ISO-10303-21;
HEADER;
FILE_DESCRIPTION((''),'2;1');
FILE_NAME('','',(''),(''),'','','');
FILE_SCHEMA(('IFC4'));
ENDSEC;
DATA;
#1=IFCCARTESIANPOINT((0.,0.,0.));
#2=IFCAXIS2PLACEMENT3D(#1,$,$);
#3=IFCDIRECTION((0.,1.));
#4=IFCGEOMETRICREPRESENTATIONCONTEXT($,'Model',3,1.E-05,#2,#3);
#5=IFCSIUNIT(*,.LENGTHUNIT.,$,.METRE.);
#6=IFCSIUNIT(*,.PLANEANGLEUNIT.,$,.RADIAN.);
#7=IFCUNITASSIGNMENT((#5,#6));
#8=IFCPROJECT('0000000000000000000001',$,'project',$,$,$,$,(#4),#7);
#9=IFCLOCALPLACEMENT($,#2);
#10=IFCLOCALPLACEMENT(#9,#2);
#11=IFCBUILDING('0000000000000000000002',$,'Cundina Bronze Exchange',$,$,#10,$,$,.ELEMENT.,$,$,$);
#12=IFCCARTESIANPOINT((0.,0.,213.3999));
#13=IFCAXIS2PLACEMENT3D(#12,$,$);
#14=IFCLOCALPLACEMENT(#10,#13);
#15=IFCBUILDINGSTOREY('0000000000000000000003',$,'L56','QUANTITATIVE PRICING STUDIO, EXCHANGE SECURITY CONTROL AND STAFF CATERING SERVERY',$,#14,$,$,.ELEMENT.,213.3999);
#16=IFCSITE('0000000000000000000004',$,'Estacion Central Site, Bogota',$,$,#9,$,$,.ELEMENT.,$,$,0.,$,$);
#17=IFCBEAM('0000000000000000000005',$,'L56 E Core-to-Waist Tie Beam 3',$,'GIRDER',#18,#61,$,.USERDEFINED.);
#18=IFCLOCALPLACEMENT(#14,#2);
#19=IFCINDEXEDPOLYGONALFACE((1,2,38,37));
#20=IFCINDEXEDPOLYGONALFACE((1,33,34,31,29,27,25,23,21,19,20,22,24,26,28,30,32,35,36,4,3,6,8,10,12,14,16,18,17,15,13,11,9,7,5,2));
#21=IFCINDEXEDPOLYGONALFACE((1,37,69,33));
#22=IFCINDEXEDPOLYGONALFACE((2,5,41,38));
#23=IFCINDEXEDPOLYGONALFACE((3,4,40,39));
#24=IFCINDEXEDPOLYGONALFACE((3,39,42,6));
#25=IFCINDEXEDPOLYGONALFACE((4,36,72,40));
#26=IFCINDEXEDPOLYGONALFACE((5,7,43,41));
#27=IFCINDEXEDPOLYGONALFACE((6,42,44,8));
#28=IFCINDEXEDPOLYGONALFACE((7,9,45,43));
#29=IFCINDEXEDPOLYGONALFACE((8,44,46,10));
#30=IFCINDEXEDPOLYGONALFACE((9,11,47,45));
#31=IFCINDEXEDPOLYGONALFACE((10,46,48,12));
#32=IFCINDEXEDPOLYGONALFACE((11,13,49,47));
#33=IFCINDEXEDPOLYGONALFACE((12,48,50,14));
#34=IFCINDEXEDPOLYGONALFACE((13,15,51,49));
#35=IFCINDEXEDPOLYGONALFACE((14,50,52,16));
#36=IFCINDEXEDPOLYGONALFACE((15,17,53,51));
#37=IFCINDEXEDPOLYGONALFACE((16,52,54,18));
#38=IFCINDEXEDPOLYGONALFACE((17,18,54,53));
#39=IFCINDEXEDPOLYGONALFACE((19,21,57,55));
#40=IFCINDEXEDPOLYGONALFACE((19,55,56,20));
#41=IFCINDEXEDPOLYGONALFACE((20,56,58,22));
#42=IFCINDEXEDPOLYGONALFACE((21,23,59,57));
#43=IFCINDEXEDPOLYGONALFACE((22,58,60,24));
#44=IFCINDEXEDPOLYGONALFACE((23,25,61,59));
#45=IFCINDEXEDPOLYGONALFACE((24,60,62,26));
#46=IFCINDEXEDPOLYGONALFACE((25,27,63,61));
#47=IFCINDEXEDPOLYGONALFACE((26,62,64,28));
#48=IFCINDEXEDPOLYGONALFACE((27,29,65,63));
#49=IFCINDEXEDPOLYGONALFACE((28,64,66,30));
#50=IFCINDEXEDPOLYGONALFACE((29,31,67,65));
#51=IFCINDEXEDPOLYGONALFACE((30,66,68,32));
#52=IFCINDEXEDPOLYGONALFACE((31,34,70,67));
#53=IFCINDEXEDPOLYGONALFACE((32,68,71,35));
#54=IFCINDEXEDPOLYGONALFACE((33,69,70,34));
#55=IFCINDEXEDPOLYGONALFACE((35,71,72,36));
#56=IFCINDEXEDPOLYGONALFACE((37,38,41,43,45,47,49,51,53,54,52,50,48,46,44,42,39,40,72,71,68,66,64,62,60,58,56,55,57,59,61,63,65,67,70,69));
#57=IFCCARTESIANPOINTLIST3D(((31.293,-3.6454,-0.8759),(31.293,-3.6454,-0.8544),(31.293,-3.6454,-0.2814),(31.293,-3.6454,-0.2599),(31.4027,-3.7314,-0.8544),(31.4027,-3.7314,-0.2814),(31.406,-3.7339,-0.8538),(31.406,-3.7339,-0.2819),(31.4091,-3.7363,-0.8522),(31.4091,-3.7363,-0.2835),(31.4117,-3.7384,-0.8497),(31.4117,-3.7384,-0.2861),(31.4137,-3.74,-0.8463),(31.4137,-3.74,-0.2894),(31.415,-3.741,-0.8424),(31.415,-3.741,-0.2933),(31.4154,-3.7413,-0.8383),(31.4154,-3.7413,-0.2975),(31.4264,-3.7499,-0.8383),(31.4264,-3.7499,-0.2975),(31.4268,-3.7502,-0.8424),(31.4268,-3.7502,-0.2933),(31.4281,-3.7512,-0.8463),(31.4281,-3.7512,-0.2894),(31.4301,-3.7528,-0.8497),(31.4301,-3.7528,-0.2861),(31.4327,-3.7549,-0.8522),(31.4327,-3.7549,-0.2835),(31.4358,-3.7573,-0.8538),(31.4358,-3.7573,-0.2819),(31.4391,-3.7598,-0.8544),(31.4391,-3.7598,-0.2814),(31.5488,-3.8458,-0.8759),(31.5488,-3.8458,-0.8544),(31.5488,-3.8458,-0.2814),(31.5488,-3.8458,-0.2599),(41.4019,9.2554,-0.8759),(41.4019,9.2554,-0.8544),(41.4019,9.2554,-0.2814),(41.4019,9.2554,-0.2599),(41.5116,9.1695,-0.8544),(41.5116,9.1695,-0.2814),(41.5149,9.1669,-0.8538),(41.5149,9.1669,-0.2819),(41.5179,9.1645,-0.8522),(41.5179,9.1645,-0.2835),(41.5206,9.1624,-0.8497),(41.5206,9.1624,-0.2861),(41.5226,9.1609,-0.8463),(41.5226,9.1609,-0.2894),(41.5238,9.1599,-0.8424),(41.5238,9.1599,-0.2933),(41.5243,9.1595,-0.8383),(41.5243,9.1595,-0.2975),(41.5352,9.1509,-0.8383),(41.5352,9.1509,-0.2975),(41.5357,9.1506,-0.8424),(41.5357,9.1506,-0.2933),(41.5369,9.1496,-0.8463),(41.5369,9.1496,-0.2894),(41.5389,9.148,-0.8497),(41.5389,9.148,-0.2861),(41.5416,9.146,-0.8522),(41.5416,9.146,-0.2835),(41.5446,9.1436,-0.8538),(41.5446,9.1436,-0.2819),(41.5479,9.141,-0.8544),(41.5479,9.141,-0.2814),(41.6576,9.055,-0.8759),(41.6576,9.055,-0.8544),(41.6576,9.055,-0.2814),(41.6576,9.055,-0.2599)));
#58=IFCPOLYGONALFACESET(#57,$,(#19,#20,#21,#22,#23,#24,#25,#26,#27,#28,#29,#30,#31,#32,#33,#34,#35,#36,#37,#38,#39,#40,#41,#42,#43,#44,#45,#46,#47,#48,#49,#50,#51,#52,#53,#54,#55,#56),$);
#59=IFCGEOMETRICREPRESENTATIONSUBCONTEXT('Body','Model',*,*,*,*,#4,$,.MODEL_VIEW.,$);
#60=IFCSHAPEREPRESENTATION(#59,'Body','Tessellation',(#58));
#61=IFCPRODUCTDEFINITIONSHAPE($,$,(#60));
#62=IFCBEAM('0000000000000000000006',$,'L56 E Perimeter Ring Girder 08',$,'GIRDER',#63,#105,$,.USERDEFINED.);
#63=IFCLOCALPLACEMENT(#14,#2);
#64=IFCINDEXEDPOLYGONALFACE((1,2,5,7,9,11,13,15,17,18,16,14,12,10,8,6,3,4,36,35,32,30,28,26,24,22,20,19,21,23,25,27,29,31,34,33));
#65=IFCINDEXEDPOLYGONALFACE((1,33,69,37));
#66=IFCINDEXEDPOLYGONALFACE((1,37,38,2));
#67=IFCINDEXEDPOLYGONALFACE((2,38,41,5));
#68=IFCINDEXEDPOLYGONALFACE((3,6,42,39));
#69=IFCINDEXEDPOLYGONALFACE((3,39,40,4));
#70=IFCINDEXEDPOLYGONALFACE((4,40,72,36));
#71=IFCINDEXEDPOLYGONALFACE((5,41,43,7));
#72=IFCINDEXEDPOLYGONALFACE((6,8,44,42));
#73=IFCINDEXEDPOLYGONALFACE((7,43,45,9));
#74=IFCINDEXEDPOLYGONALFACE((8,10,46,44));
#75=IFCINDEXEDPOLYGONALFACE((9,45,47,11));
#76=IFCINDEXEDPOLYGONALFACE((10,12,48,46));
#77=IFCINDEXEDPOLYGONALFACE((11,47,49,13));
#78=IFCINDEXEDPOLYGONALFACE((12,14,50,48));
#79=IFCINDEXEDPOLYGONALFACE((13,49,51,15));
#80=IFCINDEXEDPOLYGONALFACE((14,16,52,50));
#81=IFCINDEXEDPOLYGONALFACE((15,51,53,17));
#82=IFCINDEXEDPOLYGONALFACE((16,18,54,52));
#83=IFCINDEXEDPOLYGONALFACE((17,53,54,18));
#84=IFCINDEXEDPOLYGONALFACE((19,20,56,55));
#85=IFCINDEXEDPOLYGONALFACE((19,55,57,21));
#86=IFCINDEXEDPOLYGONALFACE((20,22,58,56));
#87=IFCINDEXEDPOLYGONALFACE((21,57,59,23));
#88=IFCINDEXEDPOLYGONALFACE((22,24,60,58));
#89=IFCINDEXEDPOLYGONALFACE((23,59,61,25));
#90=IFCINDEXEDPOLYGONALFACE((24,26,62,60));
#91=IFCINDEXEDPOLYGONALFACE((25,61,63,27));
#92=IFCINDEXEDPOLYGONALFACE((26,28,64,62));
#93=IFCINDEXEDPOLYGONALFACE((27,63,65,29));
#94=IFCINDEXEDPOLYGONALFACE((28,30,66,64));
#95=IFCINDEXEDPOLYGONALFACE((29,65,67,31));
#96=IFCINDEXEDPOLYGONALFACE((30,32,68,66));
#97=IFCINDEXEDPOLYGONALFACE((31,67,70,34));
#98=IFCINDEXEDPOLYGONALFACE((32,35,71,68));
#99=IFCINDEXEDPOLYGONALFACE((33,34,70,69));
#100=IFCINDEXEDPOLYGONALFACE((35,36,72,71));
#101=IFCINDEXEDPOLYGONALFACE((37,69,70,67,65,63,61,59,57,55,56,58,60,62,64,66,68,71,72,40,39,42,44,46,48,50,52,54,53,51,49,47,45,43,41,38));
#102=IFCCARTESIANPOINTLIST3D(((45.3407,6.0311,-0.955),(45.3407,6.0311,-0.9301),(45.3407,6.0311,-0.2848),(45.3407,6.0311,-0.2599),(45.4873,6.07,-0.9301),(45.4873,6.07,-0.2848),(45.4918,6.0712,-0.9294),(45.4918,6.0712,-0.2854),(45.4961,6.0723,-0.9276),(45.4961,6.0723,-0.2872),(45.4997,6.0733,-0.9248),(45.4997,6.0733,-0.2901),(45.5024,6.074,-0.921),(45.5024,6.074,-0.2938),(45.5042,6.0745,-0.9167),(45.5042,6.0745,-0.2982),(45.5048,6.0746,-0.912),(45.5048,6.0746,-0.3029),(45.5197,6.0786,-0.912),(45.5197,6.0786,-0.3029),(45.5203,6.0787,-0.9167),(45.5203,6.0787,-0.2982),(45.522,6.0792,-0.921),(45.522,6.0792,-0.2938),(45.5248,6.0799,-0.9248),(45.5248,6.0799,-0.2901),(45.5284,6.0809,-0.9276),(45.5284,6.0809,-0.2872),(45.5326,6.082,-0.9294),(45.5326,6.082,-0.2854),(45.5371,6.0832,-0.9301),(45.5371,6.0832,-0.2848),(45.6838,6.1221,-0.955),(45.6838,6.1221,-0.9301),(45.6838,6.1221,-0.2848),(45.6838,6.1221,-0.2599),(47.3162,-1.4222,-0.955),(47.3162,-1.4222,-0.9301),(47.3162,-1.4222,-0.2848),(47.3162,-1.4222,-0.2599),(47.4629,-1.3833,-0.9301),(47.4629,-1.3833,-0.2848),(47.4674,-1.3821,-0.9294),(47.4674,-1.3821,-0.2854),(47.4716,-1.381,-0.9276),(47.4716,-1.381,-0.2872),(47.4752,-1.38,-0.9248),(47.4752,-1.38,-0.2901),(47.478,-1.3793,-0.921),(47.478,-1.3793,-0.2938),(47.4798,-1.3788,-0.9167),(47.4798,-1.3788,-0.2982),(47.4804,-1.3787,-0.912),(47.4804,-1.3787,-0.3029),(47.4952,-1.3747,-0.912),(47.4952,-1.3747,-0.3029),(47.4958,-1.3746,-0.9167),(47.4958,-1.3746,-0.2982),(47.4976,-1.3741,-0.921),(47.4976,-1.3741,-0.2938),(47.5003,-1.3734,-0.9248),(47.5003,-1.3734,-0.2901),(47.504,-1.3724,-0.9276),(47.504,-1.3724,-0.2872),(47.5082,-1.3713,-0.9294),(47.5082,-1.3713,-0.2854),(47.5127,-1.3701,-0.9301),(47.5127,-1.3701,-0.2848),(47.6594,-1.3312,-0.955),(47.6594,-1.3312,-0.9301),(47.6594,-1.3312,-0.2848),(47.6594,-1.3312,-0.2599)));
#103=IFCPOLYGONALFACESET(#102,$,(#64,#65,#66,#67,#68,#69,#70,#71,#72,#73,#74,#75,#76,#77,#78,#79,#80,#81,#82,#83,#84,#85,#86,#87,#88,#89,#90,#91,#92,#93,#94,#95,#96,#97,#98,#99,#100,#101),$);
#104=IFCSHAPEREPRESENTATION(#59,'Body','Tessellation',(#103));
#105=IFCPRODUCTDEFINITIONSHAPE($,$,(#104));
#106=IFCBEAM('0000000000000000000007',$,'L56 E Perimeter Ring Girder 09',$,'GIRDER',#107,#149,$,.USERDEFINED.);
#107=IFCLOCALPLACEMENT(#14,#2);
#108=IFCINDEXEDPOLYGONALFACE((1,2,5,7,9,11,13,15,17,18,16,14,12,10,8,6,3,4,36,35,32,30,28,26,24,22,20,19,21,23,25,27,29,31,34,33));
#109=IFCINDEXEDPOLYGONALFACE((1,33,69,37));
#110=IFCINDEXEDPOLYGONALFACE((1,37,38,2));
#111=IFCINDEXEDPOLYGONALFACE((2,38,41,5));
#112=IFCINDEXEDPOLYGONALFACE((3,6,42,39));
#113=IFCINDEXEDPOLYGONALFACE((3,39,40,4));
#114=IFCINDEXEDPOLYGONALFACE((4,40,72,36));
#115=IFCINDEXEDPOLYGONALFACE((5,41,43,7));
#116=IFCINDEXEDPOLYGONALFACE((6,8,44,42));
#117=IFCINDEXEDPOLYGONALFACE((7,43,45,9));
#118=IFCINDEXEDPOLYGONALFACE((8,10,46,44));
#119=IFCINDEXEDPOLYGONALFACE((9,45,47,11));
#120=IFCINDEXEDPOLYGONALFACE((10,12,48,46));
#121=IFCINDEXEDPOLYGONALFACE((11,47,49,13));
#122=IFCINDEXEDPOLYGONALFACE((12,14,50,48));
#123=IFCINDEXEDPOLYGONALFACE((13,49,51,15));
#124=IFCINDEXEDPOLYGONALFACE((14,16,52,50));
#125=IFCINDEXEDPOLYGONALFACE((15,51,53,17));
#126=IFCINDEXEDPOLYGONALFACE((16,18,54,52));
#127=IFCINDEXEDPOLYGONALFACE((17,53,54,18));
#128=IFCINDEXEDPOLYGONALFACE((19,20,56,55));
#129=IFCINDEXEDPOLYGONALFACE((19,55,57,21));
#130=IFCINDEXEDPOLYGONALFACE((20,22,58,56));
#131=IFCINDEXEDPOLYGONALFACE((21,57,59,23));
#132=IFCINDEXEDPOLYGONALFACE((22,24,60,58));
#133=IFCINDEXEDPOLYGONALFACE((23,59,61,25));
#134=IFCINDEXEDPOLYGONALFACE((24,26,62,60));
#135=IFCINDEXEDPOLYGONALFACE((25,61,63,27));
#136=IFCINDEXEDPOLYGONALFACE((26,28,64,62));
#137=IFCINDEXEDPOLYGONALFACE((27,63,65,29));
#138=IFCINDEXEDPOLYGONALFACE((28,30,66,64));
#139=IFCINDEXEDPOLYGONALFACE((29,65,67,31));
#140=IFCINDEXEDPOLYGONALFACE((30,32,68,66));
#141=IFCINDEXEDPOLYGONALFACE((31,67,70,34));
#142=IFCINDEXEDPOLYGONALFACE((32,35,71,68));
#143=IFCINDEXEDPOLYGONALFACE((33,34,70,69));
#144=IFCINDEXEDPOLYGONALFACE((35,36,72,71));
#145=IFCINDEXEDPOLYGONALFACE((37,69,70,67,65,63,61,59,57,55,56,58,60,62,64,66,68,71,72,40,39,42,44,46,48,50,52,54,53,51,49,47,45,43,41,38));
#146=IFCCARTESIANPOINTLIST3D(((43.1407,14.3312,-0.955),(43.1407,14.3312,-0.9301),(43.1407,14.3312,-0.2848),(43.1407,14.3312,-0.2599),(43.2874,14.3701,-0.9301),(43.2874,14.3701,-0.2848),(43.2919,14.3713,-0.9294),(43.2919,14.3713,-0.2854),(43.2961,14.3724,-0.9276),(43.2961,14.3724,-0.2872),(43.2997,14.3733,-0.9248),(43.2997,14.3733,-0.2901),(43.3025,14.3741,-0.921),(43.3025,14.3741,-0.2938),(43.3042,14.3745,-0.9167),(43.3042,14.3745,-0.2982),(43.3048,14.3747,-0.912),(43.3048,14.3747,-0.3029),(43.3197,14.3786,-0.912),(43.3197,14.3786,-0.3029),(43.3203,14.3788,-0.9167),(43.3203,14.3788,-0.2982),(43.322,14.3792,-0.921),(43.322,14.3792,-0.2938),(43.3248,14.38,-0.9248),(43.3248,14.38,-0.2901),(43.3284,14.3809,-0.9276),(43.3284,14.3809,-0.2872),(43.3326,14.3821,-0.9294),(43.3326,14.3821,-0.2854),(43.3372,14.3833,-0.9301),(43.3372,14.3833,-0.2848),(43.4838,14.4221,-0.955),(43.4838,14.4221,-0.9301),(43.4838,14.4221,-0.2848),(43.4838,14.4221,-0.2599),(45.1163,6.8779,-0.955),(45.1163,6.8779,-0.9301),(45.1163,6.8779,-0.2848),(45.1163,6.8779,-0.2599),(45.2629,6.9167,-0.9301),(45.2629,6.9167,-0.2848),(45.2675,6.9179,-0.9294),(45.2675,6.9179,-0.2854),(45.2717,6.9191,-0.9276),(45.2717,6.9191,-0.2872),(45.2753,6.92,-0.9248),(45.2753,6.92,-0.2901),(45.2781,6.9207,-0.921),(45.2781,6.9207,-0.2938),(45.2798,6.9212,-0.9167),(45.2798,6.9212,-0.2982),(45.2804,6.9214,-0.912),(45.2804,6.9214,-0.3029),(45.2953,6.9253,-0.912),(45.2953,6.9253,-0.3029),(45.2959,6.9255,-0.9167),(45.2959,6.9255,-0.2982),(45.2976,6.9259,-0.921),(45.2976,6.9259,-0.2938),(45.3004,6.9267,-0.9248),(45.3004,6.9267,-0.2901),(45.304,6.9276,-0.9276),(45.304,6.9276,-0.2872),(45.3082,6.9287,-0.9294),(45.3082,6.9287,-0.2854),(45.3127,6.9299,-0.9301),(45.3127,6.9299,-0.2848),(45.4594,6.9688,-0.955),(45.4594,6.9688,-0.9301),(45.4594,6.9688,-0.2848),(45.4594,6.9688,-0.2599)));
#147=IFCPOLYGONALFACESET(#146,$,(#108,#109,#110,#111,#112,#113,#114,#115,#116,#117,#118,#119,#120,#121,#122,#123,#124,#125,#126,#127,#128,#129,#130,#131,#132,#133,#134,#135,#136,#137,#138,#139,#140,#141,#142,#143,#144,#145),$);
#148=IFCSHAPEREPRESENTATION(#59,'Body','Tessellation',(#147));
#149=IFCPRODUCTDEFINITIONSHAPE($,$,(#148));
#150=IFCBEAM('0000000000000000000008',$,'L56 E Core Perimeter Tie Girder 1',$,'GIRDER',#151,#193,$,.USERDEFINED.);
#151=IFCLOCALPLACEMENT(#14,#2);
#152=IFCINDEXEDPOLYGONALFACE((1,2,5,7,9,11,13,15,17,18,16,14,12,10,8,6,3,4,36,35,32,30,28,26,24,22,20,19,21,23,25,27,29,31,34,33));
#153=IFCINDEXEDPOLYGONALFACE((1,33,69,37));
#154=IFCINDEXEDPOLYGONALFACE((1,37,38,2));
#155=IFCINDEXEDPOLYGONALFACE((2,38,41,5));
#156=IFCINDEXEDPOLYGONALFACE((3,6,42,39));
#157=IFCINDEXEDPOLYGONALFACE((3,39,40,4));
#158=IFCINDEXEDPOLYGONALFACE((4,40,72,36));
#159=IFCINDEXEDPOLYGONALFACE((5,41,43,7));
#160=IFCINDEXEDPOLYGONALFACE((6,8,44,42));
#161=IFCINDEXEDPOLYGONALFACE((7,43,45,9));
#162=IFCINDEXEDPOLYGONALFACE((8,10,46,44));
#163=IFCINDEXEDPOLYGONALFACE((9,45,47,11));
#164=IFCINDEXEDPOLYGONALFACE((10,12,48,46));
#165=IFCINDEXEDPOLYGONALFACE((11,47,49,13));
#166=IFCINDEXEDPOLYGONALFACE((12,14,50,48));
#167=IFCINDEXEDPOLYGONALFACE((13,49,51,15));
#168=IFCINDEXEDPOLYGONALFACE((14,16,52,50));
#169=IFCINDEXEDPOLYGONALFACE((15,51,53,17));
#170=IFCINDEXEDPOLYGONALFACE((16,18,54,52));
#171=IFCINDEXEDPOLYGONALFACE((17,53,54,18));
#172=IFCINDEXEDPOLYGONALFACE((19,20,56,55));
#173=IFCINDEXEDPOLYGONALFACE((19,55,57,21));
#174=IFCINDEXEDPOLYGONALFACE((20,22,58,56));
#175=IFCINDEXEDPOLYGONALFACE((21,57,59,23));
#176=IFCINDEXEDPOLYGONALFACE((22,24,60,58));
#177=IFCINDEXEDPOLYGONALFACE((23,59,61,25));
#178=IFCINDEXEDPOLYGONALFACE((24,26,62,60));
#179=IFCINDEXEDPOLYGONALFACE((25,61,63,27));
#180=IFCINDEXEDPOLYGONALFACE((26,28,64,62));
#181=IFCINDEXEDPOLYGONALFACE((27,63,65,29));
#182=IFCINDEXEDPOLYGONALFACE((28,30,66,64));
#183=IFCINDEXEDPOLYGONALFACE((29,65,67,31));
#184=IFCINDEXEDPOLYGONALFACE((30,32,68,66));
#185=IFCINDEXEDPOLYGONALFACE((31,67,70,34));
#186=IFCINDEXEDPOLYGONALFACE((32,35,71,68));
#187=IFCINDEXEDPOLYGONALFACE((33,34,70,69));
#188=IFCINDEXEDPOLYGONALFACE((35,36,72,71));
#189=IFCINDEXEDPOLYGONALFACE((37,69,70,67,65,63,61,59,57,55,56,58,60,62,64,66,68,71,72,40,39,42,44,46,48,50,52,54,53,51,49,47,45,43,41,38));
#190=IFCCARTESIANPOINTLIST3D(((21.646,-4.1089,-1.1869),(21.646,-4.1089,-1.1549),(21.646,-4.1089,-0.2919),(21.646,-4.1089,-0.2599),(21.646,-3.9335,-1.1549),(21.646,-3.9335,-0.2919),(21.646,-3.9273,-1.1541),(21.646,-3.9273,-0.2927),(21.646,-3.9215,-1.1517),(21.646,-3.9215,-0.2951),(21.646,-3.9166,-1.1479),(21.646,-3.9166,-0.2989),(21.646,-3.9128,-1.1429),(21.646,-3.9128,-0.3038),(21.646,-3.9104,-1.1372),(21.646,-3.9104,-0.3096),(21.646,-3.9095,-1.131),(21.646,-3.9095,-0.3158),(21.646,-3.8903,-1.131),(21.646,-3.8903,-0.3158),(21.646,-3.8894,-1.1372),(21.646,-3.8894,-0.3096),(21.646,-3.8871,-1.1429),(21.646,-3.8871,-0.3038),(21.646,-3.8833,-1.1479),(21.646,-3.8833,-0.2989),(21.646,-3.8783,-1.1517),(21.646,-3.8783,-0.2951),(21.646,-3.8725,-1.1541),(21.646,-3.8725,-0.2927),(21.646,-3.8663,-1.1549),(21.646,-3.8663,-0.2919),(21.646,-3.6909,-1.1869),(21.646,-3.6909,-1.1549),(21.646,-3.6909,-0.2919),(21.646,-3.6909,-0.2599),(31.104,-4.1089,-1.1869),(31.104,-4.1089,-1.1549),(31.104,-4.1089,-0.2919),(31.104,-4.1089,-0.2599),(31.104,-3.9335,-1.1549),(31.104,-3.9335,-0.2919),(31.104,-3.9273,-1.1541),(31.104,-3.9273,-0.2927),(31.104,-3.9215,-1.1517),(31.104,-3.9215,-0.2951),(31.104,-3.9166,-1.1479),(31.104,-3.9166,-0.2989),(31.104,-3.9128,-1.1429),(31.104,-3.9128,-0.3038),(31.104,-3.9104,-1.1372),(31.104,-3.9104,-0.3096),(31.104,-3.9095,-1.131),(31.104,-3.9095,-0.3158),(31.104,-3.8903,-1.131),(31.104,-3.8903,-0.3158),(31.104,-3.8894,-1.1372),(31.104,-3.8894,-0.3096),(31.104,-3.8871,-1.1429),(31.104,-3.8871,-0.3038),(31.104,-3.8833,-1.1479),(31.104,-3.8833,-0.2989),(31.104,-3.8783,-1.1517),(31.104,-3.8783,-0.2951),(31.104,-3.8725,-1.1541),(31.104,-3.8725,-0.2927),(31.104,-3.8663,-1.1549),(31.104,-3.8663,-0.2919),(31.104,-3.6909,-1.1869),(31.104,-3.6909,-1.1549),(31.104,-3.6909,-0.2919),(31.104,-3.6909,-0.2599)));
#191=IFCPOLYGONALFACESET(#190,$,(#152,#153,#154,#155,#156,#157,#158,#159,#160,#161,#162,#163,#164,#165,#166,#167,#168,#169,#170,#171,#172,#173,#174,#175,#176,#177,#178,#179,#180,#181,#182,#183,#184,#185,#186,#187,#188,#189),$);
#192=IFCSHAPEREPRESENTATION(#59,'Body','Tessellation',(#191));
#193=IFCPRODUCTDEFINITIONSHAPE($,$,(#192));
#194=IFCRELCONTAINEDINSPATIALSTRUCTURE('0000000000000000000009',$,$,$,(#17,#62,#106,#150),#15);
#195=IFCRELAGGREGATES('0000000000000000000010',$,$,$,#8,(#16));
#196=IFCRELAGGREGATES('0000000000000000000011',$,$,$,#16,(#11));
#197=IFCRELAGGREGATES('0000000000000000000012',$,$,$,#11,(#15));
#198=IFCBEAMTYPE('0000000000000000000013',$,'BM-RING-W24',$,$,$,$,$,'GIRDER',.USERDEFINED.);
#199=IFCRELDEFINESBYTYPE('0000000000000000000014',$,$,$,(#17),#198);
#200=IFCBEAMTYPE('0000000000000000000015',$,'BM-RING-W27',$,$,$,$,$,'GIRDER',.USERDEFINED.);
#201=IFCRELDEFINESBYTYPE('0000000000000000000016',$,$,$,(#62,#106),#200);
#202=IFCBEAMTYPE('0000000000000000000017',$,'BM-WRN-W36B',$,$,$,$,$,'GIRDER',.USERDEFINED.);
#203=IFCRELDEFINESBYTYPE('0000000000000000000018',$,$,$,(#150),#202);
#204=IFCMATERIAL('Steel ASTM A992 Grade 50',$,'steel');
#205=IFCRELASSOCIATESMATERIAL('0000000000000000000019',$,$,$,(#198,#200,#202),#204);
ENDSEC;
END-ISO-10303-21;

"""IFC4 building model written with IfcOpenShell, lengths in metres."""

from ifc_helpers import new_model, si_unit, direction, frame, origin, origin_2d, place, context, subcontext, project, spatial, i_section, extrude, material, material_profile, profile_set, type_object, element, save


model = new_model("IFC4")

# Units and contexts
model_context = context("Model", 3, precision=1e-05, world=origin(), true_north=direction((0.0, 1.0)))
body_context = subcontext(model_context, "Body", "Model", "MODEL_VIEW")
ifc_project = project(units=[si_unit("LENGTHUNIT", "METRE"), si_unit("PLANEANGLEUNIT", "RADIAN")], contexts=[model_context])

# Site, building, storey
site_placement = place(None, origin())
site = spatial("IfcSite", under=ifc_project, at=site_placement, Name="Estacion Central Site, Bogota", CompositionType="ELEMENT", RefElevation=0.0)
building_placement = place(site_placement, origin())
building = spatial("IfcBuilding", under=site, at=building_placement, Name="Cundina Bronze Exchange", CompositionType="ELEMENT")
storey_placement = place(building_placement, frame((0.0, 0.0, 213.3999)))
storey = spatial("IfcBuildingStorey", under=building, at=storey_placement, Name="L56", Description="QUANTITATIVE PRICING STUDIO, EXCHANGE SECURITY CONTROL AND STAFF CATERING SERVERY", CompositionType="ELEMENT", Elevation=213.3999)

# Shared definitions
ifc_material_1 = material(Name="Steel ASTM A992 Grade 50", Category="steel")

# Beams
ifc_material_profile_1 = material_profile(ifc_material_1, i_section(OverallWidth=0.325, OverallDepth=0.616, WebThickness=0.0139, FlangeThickness=0.0215, FilletRadius=0.0161, at=origin_2d()), Name="W24X117", Category="steel")
ifc_profile_set_1 = profile_set([ifc_material_profile_1], Name="Steel ASTM A992 Grade 50")
beam_type_1 = type_object("IfcBeamType", Name="BM-RING-W24", ElementType="GIRDER", PredefinedType="USERDEFINED", material=ifc_profile_set_1)
beam_1_placement = place(storey_placement, frame((31.4209, -3.7456, -0.5679), z_axis=(0.616783, 0.787133, 0.0), x_axis=(-0.787133, 0.616783, 0.0)))
element("IfcBeam", 1, at=beam_1_placement, inside=storey, type_object=beam_type_1, Name="L56 E Core-to-Waist Tie Beam 3", ObjectType="GIRDER", PredefinedType="USERDEFINED", context=body_context, shape_type="SweptSolid", body=[
    extrude(i_section(OverallWidth=0.325, OverallDepth=0.616, WebThickness=0.0139, FlangeThickness=0.0215, FilletRadius=0.0161, at=origin_2d()), origin(), (0.0, 0.0, 1.0), 16.3896),
])
ifc_material_profile_2 = material_profile(ifc_material_1, i_section(OverallWidth=0.355, OverallDepth=0.6951, WebThickness=0.0154, FlangeThickness=0.0249, FilletRadius=0.0181, at=origin_2d()), Name="W27X146", Category="steel")
ifc_profile_set_2 = profile_set([ifc_material_profile_2], Name="Steel ASTM A992 Grade 50")
beam_type_2 = type_object("IfcBeamType", Name="BM-RING-W27", ElementType="GIRDER", PredefinedType="USERDEFINED", material=ifc_profile_set_2)
for number, where, z_axis, x_axis, name in (
    (2, (47.4878, -1.3767, -0.6074), (-0.256212, 0.966621, 0.0), (-0.966621, -0.256212, 0.0), "L56 E Perimeter Ring Girder 08"),
    (3, (45.2878, 6.9233, -0.6074), (-0.256212, 0.966621, 0.0), (-0.966621, -0.256212, 0.0), "L56 E Perimeter Ring Girder 09"),
):
    element("IfcBeam", number, at=place(storey_placement, frame(where, z_axis=z_axis, x_axis=x_axis)), inside=storey, type_object=beam_type_2, Name=name, ObjectType="GIRDER", PredefinedType="USERDEFINED", context=body_context, shape_type="SweptSolid", body=[
        extrude(i_section(OverallWidth=0.355, OverallDepth=0.6951, WebThickness=0.0154, FlangeThickness=0.0249, FilletRadius=0.0181, at=origin_2d()), origin(), (0.0, 0.0, 1.0), 7.7107),
    ])
ifc_material_profile_3 = material_profile(ifc_material_1, i_section(OverallWidth=0.418, OverallDepth=0.927, WebThickness=0.0193, FlangeThickness=0.032, FilletRadius=0.0239, at=origin_2d()), Name="W36X231", Category="steel")
ifc_profile_set_3 = profile_set([ifc_material_profile_3], Name="Steel ASTM A992 Grade 50")
beam_type_3 = type_object("IfcBeamType", Name="BM-WRN-W36B", ElementType="GIRDER", PredefinedType="USERDEFINED", material=ifc_profile_set_3)
beam_2_placement = place(storey_placement, frame((31.104, -3.8999, -0.7234), z_axis=(-1.0, 0.0, 0.0), x_axis=(0.0, -1.0, 0.0)))
element("IfcBeam", 4, at=beam_2_placement, inside=storey, type_object=beam_type_3, Name="L56 E Core Perimeter Tie Girder 1", ObjectType="GIRDER", PredefinedType="USERDEFINED", context=body_context, shape_type="SweptSolid", body=[
    extrude(i_section(OverallWidth=0.418, OverallDepth=0.927, WebThickness=0.0193, FlangeThickness=0.032, FilletRadius=0.0239, at=origin_2d()), origin(), (0.0, 0.0, 1.0), 9.458),
])

save(model, "model.ifc")
